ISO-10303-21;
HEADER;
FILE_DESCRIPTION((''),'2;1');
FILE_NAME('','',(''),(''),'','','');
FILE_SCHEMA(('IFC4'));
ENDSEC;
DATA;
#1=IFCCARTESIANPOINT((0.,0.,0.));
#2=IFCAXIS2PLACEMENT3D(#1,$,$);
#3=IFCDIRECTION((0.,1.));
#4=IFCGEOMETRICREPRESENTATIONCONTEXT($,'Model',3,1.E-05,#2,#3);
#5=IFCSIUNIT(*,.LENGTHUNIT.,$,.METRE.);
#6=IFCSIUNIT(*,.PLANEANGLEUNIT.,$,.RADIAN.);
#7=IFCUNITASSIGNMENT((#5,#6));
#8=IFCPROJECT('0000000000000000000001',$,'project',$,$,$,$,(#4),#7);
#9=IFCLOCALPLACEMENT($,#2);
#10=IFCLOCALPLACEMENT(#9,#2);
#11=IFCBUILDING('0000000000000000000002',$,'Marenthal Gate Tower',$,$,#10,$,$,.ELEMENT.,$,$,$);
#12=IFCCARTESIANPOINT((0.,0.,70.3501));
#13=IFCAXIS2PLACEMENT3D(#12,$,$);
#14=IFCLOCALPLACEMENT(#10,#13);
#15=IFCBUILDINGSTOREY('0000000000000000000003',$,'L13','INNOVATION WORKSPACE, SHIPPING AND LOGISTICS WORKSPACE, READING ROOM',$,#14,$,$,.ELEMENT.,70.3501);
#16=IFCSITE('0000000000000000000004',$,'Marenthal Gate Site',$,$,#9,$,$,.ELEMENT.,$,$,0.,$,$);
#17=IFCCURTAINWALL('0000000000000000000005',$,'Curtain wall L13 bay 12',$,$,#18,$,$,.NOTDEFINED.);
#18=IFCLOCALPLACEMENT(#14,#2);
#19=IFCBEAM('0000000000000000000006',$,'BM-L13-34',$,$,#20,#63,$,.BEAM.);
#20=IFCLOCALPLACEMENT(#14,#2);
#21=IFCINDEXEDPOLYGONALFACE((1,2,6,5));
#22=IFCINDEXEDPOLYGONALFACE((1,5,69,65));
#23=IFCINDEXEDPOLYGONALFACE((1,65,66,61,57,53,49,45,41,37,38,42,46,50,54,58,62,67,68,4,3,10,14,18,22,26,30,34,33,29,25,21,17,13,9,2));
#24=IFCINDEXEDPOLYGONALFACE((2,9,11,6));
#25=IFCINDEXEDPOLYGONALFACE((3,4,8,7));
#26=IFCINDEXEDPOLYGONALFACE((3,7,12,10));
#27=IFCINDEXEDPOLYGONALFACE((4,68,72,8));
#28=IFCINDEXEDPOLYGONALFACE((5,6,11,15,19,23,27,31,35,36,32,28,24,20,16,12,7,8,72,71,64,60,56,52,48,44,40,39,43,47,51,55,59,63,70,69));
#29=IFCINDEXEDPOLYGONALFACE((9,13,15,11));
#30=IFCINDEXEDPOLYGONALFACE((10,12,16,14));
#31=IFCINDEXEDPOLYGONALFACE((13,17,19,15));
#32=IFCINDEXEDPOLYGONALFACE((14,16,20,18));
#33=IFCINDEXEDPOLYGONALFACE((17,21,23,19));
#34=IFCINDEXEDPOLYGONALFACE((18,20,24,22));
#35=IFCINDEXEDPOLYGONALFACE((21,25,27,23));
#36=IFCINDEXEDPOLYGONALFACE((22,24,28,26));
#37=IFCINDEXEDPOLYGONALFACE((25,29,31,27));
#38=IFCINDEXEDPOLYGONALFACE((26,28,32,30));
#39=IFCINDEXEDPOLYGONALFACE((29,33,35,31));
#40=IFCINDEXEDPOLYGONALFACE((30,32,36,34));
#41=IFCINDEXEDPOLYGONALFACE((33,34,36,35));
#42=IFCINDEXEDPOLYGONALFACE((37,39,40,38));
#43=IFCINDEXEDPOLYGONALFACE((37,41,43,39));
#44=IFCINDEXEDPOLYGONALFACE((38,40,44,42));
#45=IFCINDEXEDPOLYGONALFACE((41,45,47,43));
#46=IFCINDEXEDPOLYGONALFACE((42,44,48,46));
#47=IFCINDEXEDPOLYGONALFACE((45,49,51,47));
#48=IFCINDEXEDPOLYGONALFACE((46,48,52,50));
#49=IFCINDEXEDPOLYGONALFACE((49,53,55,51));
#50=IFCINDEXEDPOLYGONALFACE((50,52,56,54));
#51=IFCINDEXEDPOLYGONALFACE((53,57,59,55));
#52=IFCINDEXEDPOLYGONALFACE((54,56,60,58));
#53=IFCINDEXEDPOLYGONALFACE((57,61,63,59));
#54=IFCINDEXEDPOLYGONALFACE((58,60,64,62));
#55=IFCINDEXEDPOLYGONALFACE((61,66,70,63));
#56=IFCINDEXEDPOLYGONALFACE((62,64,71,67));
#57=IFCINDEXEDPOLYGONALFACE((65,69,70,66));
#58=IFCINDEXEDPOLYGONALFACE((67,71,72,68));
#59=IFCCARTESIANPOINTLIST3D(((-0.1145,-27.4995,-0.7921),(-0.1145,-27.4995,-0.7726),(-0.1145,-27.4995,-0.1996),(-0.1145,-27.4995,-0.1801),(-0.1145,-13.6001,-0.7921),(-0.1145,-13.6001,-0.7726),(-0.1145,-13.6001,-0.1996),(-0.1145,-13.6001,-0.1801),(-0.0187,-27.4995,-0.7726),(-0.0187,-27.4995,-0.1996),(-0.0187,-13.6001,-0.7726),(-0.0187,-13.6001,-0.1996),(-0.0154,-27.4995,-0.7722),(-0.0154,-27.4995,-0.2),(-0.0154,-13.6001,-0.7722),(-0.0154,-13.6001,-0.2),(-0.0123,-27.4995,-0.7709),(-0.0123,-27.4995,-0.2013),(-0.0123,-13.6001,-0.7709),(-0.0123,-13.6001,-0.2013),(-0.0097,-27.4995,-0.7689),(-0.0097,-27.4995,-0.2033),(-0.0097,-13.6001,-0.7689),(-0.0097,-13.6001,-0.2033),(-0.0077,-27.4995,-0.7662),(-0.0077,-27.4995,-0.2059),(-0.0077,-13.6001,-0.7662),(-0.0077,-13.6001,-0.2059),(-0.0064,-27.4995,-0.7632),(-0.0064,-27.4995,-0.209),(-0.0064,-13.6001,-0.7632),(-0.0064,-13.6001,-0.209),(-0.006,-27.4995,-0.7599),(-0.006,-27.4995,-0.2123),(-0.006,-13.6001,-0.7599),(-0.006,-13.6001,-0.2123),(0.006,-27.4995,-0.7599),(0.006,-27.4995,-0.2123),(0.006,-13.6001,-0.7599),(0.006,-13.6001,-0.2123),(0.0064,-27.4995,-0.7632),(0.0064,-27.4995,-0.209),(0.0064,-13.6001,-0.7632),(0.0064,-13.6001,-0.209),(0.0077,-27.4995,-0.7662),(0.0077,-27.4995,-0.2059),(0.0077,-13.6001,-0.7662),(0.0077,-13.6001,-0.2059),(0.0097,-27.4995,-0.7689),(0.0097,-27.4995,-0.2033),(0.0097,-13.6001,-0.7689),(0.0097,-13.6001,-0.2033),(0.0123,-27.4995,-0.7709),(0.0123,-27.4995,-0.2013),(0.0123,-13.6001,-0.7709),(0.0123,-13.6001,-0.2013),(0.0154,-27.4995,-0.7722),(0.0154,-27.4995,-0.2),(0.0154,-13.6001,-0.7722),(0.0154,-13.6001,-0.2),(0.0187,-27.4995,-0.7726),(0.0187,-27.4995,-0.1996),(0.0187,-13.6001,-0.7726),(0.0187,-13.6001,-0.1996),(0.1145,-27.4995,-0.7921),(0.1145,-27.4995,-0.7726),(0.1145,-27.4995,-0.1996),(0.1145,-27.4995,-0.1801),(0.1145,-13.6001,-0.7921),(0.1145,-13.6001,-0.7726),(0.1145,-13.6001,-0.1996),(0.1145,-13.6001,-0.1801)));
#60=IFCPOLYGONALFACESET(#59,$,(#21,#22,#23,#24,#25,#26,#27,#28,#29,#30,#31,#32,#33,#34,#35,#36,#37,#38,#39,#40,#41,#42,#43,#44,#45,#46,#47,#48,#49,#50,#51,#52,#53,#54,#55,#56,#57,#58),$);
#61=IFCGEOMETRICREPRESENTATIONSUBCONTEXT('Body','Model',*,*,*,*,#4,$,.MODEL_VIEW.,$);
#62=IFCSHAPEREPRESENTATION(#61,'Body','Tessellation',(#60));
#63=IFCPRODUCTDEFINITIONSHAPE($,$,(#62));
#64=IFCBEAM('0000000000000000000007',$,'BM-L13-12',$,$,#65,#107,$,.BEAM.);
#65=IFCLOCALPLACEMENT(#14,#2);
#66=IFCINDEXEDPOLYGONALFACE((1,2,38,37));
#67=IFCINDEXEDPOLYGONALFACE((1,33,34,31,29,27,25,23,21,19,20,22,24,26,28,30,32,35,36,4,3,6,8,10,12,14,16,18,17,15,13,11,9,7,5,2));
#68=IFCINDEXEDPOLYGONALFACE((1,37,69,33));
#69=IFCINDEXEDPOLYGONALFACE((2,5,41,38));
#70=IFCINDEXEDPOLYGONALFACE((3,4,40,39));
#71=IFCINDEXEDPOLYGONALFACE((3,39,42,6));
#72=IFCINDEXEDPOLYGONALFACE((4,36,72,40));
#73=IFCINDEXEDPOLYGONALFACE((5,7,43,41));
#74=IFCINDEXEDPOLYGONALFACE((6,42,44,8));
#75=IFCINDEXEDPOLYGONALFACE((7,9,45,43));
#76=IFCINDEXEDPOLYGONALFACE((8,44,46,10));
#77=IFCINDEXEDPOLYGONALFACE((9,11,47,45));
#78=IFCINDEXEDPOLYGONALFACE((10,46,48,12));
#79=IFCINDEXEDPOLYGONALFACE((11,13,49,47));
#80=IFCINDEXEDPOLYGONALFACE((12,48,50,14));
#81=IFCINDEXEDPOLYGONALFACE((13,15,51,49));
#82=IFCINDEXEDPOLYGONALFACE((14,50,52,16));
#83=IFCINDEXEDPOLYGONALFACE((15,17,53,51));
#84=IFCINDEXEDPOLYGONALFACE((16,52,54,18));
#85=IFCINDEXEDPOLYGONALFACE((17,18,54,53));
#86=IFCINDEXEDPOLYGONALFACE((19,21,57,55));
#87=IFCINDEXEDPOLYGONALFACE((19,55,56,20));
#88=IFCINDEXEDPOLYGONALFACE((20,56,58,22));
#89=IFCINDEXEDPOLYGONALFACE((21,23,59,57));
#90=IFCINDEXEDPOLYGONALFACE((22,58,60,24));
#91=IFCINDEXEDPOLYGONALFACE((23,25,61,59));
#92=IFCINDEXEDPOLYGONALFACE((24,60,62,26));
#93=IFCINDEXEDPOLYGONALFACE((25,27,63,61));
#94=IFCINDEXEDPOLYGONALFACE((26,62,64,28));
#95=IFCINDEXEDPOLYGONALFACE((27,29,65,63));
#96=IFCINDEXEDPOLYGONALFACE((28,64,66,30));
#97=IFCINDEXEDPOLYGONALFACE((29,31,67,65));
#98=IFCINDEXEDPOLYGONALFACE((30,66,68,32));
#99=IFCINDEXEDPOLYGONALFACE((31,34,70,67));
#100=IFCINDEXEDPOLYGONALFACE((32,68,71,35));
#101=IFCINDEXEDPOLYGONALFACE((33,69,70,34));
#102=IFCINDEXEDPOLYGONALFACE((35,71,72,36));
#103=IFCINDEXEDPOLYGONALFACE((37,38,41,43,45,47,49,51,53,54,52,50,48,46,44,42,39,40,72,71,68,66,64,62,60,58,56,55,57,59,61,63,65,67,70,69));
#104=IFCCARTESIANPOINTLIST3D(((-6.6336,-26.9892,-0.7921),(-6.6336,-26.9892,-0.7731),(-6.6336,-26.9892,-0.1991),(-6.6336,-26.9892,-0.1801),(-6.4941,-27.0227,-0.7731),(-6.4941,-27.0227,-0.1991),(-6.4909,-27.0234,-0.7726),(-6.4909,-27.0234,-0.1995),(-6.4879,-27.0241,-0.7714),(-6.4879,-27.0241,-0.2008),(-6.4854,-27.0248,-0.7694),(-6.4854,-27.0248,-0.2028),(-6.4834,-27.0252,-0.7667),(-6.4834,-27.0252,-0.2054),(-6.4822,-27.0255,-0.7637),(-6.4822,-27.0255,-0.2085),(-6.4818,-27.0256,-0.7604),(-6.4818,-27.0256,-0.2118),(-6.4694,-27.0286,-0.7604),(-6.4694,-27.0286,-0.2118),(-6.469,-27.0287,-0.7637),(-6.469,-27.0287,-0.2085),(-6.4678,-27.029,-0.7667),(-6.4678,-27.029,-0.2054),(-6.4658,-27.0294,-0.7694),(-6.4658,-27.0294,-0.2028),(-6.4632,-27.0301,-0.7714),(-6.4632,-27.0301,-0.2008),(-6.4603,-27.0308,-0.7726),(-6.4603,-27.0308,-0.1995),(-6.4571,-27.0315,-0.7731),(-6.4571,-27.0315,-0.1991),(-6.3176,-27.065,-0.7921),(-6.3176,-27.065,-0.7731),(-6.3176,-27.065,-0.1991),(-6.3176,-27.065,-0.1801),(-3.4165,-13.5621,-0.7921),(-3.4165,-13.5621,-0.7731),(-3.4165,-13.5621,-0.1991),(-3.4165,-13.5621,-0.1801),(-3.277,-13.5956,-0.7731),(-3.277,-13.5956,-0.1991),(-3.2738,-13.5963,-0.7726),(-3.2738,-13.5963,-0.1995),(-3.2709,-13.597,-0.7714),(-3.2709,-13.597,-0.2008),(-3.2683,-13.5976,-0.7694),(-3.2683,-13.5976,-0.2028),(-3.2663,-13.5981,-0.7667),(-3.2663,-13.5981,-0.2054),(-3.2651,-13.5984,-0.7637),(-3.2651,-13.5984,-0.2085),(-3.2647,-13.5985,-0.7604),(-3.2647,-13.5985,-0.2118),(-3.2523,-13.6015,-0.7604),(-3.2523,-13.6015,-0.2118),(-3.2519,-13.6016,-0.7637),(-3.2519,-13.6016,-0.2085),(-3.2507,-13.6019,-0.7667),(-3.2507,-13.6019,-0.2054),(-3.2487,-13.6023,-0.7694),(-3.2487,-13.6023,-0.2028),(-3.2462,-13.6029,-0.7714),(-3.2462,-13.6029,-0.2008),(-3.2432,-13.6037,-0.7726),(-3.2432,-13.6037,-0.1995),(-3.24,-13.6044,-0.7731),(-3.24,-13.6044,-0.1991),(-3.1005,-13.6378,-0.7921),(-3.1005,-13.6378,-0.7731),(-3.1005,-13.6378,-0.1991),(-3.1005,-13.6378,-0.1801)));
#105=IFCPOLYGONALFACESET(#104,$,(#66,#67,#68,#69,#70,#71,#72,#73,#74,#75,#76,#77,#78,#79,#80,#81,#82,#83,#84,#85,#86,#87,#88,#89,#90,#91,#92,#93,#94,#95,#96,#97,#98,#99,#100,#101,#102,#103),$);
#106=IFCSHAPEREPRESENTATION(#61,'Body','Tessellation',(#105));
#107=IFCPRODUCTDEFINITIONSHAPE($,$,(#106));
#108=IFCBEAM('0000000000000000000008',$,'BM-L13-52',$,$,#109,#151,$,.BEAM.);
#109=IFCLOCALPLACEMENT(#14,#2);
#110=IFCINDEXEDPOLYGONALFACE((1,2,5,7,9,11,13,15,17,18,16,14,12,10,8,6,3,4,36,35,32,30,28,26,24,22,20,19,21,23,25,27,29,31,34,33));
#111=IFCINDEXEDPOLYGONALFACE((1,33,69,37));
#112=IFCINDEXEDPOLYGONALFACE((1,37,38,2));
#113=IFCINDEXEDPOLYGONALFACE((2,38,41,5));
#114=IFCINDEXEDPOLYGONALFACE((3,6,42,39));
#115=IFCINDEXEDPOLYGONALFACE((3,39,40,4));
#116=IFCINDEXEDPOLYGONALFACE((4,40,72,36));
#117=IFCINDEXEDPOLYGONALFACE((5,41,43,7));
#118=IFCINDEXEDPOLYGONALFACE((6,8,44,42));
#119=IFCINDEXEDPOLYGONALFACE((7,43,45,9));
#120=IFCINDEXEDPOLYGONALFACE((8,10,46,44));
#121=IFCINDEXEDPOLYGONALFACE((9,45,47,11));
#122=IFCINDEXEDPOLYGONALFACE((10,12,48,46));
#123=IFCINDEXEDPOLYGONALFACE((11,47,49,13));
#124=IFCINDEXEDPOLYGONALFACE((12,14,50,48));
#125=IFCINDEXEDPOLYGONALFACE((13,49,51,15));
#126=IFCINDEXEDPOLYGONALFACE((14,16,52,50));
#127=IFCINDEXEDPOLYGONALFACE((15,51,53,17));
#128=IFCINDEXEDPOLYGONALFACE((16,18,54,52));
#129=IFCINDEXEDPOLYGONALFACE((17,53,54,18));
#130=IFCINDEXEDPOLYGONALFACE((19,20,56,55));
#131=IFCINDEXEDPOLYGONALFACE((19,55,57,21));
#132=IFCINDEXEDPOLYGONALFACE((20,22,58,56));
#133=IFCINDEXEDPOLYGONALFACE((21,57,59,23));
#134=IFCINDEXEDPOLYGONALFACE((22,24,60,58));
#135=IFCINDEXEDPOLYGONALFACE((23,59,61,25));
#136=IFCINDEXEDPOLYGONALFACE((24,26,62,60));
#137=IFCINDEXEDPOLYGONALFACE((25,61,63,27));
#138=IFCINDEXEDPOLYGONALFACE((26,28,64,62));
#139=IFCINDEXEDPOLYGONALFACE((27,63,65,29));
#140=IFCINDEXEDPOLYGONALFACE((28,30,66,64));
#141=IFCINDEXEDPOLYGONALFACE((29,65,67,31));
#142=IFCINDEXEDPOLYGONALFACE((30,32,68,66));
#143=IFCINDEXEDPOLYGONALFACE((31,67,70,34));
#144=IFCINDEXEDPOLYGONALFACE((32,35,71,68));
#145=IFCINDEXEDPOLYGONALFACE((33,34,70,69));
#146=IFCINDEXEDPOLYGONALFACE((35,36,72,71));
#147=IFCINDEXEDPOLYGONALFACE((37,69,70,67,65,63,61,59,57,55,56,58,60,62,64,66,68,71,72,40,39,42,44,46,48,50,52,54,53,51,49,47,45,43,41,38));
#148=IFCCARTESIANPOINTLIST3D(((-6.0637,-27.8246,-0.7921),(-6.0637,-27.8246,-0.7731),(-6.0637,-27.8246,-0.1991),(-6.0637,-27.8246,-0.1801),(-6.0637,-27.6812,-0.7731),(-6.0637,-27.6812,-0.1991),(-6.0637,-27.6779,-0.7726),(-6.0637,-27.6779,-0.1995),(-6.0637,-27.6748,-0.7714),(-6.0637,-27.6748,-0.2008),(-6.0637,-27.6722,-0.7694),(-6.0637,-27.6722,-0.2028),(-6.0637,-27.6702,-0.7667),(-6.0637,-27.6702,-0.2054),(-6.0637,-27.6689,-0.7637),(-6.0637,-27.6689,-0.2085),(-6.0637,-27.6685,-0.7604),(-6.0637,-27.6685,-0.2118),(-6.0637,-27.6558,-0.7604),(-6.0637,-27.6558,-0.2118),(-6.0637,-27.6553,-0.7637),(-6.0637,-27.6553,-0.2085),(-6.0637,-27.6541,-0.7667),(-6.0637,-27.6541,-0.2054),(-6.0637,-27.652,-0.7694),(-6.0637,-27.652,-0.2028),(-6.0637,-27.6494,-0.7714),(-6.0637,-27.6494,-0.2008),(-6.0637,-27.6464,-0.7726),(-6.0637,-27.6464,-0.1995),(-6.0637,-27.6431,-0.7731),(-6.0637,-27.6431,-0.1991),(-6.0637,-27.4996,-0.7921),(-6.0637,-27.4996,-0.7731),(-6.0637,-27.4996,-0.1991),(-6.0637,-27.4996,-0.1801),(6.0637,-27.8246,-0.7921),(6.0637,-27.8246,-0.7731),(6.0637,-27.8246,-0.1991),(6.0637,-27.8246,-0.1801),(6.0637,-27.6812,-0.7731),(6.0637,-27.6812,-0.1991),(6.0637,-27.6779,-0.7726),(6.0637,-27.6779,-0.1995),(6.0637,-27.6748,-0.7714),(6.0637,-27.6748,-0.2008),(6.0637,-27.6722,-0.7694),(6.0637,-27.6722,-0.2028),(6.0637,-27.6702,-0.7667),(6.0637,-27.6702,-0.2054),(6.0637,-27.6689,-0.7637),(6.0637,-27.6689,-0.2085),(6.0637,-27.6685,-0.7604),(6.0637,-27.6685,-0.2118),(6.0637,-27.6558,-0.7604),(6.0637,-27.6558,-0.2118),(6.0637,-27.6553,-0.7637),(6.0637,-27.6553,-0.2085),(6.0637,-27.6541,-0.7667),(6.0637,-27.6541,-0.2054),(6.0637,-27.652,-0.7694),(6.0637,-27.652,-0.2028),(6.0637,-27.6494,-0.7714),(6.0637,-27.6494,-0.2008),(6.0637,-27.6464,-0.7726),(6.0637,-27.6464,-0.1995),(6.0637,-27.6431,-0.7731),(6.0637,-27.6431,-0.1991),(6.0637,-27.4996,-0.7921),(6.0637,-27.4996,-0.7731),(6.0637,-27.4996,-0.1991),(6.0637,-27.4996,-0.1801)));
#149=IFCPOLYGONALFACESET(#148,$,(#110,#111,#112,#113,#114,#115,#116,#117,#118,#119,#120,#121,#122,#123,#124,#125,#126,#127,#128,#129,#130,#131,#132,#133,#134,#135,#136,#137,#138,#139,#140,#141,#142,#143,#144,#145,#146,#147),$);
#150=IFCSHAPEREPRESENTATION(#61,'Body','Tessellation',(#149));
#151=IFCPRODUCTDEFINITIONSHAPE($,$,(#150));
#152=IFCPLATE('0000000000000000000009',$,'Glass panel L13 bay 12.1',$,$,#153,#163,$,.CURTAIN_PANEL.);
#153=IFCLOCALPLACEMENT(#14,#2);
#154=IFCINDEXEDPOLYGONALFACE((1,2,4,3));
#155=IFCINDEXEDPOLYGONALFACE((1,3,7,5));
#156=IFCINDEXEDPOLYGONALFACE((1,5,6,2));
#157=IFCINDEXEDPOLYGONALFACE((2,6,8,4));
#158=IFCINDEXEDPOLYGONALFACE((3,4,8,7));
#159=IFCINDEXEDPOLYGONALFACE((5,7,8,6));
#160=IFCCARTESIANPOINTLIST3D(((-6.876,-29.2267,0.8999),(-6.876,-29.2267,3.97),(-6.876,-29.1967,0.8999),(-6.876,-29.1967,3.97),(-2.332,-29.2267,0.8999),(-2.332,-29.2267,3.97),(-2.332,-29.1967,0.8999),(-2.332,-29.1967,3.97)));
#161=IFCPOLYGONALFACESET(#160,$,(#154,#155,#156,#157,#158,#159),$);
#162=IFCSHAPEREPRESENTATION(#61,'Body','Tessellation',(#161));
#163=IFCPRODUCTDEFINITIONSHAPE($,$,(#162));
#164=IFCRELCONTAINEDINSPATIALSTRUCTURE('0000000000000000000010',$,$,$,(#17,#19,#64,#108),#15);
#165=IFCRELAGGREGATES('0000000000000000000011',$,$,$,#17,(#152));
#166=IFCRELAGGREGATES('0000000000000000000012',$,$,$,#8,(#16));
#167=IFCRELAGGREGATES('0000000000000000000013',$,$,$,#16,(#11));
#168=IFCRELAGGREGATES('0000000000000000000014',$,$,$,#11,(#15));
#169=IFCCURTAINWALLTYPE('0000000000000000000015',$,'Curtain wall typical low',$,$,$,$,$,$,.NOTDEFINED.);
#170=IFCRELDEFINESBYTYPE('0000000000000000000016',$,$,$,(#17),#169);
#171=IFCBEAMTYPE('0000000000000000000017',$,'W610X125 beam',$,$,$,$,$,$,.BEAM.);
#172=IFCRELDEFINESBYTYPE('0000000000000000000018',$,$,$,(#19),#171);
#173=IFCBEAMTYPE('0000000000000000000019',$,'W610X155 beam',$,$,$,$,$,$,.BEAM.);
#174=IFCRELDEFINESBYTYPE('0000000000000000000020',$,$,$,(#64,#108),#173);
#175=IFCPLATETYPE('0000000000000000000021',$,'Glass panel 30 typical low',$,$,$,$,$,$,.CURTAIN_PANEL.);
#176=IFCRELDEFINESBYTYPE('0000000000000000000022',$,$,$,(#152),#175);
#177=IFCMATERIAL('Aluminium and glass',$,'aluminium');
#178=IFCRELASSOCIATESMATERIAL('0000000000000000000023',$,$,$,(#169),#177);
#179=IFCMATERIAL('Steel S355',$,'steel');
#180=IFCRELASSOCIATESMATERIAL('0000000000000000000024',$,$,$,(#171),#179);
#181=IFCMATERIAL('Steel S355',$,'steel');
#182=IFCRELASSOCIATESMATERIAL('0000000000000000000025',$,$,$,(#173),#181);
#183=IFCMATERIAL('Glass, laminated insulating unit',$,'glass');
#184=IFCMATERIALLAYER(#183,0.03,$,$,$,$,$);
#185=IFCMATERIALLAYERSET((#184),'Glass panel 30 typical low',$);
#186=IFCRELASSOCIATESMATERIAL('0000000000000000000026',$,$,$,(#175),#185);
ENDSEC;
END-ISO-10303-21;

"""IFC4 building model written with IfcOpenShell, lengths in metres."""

from ifc_helpers import new_model, si_unit, direction, frame, origin, origin_2d, place, context, subcontext, project, spatial, rectangle, i_section, extrude, material, layer, layer_set, material_profile, profile_set, type_object, element, aggregate, save


model = new_model("IFC4")

# Units and contexts
model_context = context("Model", 3, precision=1e-05, world=origin(), true_north=direction((0.0, 1.0)))
body_context = subcontext(model_context, "Body", "Model", "MODEL_VIEW")
ifc_project = project(units=[si_unit("LENGTHUNIT", "METRE"), si_unit("PLANEANGLEUNIT", "RADIAN")], contexts=[model_context])

# Site, building, storey
site_placement = place(None, origin())
site = spatial("IfcSite", under=ifc_project, at=site_placement, Name="Marenthal Gate Site", CompositionType="ELEMENT", RefElevation=0.0)
building_placement = place(site_placement, origin())
building = spatial("IfcBuilding", under=site, at=building_placement, Name="Marenthal Gate Tower", CompositionType="ELEMENT")
storey_placement = place(building_placement, frame((0.0, 0.0, 70.3501)))
storey = spatial("IfcBuildingStorey", under=building, at=storey_placement, Name="L13", Description="INNOVATION WORKSPACE, SHIPPING AND LOGISTICS WORKSPACE, READING ROOM", CompositionType="ELEMENT", Elevation=70.3501)

# Curtain wall
ifc_material_1 = material(Name="Aluminium and glass", Category="aluminium")
curtain_wall_type = type_object("IfcCurtainWallType", Name="Curtain wall typical low", PredefinedType="NOTDEFINED", material=ifc_material_1)
curtain_wall_placement = place(storey_placement, origin())
curtain_wall = element("IfcCurtainWall", 1, at=curtain_wall_placement, inside=storey, type_object=curtain_wall_type, Name="Curtain wall L13 bay 12", PredefinedType="NOTDEFINED")

# Beams
ifc_material_2 = material(Name="Steel S355", Category="steel")
ifc_material_profile_1 = material_profile(ifc_material_2, i_section(OverallWidth=0.229, OverallDepth=0.6121, WebThickness=0.012, FlangeThickness=0.0195, FilletRadius=0.0127, at=origin_2d()), Name="W610X125")
ifc_profile_set_1 = profile_set([ifc_material_profile_1], Name="Steel S355")
beam_type_1 = type_object("IfcBeamType", Name="W610X125 beam", PredefinedType="BEAM", material=ifc_profile_set_1)
beam_1_placement = place(storey_placement, frame((0.0, -27.4995, -0.4861), z_axis=(0.0, 1.0, 0.0), x_axis=(-1.0, 0.0, 0.0)))
element("IfcBeam", 2, at=beam_1_placement, inside=storey, type_object=beam_type_1, Name="BM-L13-34", PredefinedType="BEAM", context=body_context, shape_type="SweptSolid", body=[
    extrude(i_section(OverallWidth=0.229, OverallDepth=0.6121, WebThickness=0.012, FlangeThickness=0.0195, FilletRadius=0.0127, at=origin_2d()), origin(), (0.0, 0.0, 1.0), 13.8994),
])
ifc_material_3 = material(Name="Steel S355", Category="steel")
ifc_material_profile_2 = material_profile(ifc_material_3, i_section(OverallWidth=0.325, OverallDepth=0.6121, WebThickness=0.0127, FlangeThickness=0.019, FilletRadius=0.0127, at=origin_2d()), Name="W610X155")
ifc_profile_set_2 = profile_set([ifc_material_profile_2], Name="Steel S355")
beam_type_2 = type_object("IfcBeamType", Name="W610X155 beam", PredefinedType="BEAM", material=ifc_profile_set_2)
beam_2_placement = place(storey_placement, frame((-6.4756, -27.0271, -0.4861), z_axis=(0.233, 0.972477, 0.0), x_axis=(-0.972477, 0.233, 0.0)))
element("IfcBeam", 3, at=beam_2_placement, inside=storey, type_object=beam_type_2, Name="BM-L13-12", PredefinedType="BEAM", context=body_context, shape_type="SweptSolid", body=[
    extrude(i_section(OverallWidth=0.325, OverallDepth=0.6121, WebThickness=0.0127, FlangeThickness=0.019, FilletRadius=0.0127, at=origin_2d()), origin(), (0.0, 0.0, 1.0), 13.8071),
])
beam_3_placement = place(storey_placement, frame((-6.0637, -27.6621, -0.4861), z_axis=(1.0, 0.0, 0.0), x_axis=(0.0, 1.0, 0.0)))
element("IfcBeam", 4, at=beam_3_placement, inside=storey, type_object=beam_type_2, Name="BM-L13-52", PredefinedType="BEAM", context=body_context, shape_type="SweptSolid", body=[
    extrude(i_section(OverallWidth=0.325, OverallDepth=0.6121, WebThickness=0.0127, FlangeThickness=0.019, FilletRadius=0.0127, at=origin_2d()), origin(), (0.0, 0.0, 1.0), 12.1274),
])

# Plate
ifc_material_4 = material(Name="Glass, laminated insulating unit", Category="glass")
ifc_layer_1 = layer(ifc_material_4, 0.03)
ifc_layer_set_1 = layer_set([ifc_layer_1], Name="Glass panel 30 typical low")
plate_type = type_object("IfcPlateType", Name="Glass panel 30 typical low", PredefinedType="CURTAIN_PANEL", material=ifc_layer_set_1)
plate_placement = place(storey_placement, frame((-4.604, -29.2117, 0.8999), z_axis=(0.0, 0.0, 1.0), x_axis=(1.0, 0.0, 0.0)))
plate = element("IfcPlate", 5, at=plate_placement, type_object=plate_type, Name="Glass panel L13 bay 12.1", PredefinedType="CURTAIN_PANEL", context=body_context, shape_type="SweptSolid", body=[
    extrude(rectangle(XDim=4.5439, YDim=0.03, at=origin_2d()), origin(), (0.0, 0.0, 1.0), 3.0701),
])
aggregate(curtain_wall, [plate])

save(model, "model.ifc")
